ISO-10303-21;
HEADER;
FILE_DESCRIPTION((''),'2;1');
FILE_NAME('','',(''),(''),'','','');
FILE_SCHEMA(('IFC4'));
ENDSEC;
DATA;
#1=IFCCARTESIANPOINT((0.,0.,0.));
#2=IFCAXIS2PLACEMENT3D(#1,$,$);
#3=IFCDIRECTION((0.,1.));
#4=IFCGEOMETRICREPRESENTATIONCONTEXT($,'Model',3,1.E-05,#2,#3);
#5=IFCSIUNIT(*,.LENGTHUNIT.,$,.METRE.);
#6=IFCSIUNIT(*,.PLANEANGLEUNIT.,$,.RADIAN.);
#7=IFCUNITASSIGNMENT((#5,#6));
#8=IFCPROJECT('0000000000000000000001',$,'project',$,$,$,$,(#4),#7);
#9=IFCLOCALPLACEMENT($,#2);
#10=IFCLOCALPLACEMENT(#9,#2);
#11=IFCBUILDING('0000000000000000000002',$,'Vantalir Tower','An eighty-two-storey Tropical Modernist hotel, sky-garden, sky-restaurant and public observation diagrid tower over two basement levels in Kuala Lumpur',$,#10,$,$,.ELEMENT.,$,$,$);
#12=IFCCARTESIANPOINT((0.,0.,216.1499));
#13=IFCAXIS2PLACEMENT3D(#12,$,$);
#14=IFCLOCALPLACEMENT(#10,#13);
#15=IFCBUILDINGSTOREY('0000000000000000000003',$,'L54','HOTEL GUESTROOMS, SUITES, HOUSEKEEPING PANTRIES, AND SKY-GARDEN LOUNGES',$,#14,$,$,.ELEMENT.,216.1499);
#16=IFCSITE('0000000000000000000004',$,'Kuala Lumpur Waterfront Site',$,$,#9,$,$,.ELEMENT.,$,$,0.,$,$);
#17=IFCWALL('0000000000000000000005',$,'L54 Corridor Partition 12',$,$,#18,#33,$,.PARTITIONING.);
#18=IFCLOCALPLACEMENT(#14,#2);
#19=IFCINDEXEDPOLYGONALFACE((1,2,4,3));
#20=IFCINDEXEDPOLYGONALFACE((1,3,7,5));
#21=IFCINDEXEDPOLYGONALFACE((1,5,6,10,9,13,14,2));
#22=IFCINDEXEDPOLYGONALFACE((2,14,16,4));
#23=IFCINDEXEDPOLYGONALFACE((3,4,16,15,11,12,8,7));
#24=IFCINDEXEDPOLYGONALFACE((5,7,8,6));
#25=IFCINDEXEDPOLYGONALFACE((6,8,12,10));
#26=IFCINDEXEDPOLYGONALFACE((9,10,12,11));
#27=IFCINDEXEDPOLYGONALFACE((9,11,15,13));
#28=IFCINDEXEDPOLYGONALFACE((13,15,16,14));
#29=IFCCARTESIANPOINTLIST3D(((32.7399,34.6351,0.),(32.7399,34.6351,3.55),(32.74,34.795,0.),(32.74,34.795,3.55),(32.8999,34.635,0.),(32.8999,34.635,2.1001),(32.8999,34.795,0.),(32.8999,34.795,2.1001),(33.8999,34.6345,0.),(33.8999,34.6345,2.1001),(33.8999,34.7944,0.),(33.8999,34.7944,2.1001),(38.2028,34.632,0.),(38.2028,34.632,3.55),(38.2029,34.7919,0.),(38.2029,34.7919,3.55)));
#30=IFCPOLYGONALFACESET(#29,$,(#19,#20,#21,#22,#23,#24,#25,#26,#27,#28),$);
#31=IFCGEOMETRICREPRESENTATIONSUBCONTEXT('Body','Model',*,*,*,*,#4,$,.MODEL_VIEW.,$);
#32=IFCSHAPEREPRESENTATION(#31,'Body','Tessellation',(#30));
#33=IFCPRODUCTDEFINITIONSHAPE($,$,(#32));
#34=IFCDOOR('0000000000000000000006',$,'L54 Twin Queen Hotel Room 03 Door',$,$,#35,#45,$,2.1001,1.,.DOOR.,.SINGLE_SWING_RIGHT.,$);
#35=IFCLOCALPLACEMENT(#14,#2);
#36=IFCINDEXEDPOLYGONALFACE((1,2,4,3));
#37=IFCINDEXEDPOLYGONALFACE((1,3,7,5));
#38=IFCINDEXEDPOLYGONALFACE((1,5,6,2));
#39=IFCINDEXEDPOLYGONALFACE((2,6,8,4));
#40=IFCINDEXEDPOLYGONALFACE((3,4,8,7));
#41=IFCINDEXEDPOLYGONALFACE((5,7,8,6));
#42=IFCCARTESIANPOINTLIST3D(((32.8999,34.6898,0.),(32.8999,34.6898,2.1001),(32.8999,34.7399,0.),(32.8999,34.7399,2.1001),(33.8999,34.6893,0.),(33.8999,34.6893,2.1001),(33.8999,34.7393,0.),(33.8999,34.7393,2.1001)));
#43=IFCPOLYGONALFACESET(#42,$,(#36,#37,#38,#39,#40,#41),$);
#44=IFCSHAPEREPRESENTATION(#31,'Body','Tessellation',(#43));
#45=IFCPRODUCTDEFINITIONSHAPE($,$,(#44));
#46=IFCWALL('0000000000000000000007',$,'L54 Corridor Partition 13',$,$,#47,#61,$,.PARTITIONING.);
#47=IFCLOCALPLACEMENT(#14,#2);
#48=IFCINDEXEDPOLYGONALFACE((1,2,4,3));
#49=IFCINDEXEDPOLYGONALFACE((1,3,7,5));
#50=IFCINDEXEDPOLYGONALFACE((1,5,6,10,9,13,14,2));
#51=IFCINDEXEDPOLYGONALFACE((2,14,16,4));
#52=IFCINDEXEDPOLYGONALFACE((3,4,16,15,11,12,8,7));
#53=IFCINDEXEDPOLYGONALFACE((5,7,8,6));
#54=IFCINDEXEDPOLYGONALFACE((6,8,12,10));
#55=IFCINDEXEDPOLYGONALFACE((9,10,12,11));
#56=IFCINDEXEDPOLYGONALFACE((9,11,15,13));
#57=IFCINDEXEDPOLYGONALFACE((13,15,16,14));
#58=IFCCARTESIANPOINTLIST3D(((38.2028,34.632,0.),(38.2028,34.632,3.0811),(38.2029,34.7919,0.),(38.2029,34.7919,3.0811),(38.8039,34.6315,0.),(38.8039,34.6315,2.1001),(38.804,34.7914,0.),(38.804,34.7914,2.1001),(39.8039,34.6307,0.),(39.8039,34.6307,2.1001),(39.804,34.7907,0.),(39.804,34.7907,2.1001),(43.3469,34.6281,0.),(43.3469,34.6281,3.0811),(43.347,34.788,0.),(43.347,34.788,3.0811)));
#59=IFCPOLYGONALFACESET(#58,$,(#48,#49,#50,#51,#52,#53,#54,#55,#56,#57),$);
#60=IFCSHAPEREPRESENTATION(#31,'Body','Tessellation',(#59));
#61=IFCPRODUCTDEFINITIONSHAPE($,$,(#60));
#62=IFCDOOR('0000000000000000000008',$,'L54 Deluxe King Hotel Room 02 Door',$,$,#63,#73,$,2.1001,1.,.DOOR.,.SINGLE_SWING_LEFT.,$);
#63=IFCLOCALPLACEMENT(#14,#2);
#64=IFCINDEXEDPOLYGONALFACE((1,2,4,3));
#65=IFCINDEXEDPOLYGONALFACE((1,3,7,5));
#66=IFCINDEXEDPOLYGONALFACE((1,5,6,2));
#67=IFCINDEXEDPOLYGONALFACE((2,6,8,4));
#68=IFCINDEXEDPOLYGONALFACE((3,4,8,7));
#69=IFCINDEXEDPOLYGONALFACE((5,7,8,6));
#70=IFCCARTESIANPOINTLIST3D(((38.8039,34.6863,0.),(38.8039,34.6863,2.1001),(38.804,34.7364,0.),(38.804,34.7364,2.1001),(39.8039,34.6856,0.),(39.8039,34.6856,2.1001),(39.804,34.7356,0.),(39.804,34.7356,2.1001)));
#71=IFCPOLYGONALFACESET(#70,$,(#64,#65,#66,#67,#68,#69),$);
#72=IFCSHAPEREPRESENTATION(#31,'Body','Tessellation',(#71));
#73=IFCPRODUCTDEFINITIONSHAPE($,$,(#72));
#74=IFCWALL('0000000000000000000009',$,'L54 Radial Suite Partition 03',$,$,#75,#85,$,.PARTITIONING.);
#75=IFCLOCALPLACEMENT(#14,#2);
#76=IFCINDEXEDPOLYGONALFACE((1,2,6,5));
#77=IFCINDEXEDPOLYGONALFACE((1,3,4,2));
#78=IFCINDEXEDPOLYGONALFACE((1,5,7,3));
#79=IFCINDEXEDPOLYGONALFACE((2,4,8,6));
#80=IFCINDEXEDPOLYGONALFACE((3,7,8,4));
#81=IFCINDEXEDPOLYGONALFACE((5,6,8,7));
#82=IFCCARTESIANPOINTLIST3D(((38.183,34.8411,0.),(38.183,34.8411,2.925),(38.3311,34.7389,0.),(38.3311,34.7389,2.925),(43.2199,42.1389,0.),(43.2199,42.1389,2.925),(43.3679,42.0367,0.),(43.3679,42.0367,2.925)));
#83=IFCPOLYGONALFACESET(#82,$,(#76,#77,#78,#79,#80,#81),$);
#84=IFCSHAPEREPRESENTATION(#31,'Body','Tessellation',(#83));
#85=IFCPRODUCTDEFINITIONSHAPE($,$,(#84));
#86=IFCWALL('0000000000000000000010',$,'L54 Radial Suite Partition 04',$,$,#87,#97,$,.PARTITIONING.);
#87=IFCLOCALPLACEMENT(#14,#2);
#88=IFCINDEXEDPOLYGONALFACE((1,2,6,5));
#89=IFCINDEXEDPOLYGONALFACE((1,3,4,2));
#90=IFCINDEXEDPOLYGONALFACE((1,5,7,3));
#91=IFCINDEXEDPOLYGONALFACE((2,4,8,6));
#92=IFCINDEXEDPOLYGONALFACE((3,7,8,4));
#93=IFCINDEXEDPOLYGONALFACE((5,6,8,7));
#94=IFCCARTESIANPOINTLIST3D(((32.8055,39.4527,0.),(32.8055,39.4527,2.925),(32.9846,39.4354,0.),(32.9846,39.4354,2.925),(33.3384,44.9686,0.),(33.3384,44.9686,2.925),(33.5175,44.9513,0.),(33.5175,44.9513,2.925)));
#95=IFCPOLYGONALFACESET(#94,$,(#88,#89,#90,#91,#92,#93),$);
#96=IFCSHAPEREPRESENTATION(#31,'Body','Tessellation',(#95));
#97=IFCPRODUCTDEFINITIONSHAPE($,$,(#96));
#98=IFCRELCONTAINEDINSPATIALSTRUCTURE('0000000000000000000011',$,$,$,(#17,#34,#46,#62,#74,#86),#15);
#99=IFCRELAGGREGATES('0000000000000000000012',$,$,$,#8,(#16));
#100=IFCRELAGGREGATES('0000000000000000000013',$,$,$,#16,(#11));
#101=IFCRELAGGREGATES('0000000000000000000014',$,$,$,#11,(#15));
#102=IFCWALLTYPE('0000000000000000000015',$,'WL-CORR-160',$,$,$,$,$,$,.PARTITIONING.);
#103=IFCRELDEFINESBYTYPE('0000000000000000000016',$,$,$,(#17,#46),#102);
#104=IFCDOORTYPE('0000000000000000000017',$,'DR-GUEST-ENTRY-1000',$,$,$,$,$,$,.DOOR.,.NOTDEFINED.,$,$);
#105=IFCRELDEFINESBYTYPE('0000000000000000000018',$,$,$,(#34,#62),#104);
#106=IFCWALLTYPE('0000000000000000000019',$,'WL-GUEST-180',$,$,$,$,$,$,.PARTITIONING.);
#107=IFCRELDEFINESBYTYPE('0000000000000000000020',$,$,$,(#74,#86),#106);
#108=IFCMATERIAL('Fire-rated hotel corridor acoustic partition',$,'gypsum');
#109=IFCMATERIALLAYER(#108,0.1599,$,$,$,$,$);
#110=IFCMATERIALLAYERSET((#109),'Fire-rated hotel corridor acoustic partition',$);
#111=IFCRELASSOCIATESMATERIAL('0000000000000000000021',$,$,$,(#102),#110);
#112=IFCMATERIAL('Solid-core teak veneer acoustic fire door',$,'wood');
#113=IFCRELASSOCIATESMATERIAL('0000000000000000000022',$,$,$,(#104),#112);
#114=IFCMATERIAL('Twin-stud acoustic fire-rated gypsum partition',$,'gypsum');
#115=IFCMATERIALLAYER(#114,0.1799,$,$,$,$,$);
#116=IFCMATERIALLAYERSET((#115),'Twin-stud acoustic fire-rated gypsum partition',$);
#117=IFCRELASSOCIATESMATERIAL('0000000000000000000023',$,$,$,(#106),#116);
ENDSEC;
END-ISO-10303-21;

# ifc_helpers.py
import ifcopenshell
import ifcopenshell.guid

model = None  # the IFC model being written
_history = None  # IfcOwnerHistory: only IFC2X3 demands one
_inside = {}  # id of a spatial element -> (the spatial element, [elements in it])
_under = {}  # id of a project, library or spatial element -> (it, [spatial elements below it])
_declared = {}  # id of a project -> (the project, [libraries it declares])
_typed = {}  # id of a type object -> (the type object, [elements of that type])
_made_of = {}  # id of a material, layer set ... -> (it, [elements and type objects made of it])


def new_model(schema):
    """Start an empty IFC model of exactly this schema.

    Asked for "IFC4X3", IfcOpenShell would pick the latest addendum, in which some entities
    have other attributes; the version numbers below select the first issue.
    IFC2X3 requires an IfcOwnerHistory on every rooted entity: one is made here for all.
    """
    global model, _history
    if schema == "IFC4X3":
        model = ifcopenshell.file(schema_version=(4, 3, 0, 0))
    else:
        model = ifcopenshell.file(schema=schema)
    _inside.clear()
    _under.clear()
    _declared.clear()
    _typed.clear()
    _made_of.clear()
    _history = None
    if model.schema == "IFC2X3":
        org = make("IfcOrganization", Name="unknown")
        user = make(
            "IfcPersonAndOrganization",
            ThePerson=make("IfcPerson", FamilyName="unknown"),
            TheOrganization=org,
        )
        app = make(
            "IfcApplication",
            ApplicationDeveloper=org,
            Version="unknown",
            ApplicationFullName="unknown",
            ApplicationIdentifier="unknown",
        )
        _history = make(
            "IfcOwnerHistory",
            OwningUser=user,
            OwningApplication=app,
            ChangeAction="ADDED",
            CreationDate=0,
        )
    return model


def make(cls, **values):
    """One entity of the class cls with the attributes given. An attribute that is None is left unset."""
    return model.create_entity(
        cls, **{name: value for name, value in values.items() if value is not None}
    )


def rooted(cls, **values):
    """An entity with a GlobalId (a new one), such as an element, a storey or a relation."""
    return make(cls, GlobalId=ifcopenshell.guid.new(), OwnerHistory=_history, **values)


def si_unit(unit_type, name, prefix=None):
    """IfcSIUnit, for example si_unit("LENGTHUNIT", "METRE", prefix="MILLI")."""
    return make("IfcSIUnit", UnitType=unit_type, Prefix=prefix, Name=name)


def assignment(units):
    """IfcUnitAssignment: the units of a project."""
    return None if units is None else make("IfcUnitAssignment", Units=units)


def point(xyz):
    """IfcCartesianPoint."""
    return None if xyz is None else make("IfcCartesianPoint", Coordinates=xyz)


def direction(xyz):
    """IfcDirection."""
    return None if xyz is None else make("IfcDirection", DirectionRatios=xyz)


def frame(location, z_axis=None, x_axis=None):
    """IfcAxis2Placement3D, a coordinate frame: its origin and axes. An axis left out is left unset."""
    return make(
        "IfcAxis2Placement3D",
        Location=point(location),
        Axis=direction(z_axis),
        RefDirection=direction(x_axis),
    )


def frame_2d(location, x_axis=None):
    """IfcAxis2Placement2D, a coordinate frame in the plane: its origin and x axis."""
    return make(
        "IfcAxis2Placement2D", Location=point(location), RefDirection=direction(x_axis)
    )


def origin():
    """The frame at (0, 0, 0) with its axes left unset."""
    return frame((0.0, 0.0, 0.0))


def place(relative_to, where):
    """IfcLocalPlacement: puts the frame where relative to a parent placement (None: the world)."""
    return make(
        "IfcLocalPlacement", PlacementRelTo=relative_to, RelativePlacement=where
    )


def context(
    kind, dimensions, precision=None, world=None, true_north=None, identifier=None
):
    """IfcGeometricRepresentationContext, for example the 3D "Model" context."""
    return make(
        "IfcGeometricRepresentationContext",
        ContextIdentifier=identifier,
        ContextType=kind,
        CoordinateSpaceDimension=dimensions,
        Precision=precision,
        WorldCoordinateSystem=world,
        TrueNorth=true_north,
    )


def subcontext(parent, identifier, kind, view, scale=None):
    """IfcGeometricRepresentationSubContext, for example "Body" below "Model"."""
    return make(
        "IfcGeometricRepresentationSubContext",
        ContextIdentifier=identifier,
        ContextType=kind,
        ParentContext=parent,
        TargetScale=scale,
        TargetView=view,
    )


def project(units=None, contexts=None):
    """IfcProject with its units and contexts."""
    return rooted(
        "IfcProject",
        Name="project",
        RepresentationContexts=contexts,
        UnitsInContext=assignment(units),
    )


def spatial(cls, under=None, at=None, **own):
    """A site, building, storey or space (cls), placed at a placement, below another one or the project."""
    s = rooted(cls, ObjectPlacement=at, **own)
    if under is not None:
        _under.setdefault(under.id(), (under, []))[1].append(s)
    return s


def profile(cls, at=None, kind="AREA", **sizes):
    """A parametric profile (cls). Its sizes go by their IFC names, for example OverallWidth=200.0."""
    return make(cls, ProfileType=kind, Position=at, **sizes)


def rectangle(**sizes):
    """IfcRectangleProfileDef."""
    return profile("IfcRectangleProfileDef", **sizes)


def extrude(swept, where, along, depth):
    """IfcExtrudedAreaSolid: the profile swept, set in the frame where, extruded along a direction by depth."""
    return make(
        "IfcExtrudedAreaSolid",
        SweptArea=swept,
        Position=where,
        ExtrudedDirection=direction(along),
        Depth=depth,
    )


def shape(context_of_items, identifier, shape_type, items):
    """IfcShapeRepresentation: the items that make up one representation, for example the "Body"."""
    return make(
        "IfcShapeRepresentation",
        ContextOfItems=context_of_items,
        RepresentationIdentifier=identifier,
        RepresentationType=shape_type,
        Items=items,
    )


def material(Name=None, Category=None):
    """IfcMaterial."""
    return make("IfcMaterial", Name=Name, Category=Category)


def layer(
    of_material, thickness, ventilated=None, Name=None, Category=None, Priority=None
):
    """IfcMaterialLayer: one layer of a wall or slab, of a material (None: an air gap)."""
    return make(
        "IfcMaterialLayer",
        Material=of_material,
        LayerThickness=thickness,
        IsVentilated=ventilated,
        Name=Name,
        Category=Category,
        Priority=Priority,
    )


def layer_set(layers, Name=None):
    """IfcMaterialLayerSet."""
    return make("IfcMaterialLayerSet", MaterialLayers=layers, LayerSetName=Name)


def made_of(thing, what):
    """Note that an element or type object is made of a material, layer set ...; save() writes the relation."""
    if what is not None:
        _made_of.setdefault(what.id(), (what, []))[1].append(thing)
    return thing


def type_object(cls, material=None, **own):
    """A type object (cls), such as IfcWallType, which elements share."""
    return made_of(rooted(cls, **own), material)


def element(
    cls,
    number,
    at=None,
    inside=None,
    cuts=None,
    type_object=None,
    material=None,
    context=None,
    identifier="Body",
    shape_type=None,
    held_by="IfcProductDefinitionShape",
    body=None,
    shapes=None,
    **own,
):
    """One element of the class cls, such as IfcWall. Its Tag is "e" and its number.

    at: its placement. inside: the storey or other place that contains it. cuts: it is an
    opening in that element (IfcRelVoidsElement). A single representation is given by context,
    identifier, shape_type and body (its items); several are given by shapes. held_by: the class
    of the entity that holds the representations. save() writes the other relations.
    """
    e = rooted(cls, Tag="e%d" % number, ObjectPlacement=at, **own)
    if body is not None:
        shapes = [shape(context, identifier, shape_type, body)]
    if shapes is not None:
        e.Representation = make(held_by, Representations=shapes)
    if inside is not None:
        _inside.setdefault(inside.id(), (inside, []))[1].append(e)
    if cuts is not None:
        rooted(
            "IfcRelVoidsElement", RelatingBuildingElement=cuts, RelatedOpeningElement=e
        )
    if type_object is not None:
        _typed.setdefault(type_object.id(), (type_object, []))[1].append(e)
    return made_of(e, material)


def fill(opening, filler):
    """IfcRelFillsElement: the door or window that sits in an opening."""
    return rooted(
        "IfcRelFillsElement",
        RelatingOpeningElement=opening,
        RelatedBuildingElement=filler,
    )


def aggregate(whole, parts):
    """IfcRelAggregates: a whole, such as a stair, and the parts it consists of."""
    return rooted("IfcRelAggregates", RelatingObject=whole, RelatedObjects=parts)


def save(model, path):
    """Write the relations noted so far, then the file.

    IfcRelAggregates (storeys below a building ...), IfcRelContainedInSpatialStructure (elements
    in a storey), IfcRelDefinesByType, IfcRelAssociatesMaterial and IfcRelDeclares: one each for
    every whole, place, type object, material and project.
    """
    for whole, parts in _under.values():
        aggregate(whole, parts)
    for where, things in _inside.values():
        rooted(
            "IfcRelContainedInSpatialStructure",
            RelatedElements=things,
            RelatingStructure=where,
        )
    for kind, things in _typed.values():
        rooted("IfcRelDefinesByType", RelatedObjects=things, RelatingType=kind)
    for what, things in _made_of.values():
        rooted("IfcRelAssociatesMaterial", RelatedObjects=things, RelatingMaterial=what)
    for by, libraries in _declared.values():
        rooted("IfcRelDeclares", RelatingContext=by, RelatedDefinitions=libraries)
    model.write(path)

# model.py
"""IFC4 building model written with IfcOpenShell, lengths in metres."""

from ifc_helpers import new_model, si_unit, direction, frame, frame_2d, origin, place, context, subcontext, project, spatial, rectangle, extrude, material, layer, layer_set, type_object, element, fill, save


model = new_model("IFC4")

# Units and contexts
model_context = context("Model", 3, precision=1e-05, world=origin(), true_north=direction((0.0, 1.0)))
body_context = subcontext(model_context, "Body", "Model", "MODEL_VIEW")
ifc_project = project(units=[si_unit("LENGTHUNIT", "METRE"), si_unit("PLANEANGLEUNIT", "RADIAN")], contexts=[model_context])

# Site, building, storey
site_placement = place(None, origin())
site = spatial("IfcSite", under=ifc_project, at=site_placement, Name="Kuala Lumpur Waterfront Site", CompositionType="ELEMENT", RefElevation=0.0)
building_placement = place(site_placement, origin())
building = spatial("IfcBuilding", under=site, at=building_placement, Name="Vantalir Tower", Description="An eighty-two-storey Tropical Modernist hotel, sky-garden, sky-restaurant and public observation diagrid tower over two basement levels in Kuala Lumpur", CompositionType="ELEMENT")
storey_placement = place(building_placement, frame((0.0, 0.0, 216.1499)))
storey = spatial("IfcBuildingStorey", under=building, at=storey_placement, Name="L54", Description="HOTEL GUESTROOMS, SUITES, HOUSEKEEPING PANTRIES, AND SKY-GARDEN LOUNGES", CompositionType="ELEMENT", Elevation=216.1499)

# Shared definitions
ifc_material_1 = material(Name="Fire-rated hotel corridor acoustic partition", Category="gypsum")
ifc_layer_1 = layer(ifc_material_1, 0.1599)
ifc_layer_set_1 = layer_set([ifc_layer_1], Name="Fire-rated hotel corridor acoustic partition")
wall_type_1 = type_object("IfcWallType", Name="WL-CORR-160", PredefinedType="PARTITIONING", material=ifc_layer_set_1)

# Walls, openings, doors
wall_1_placement = place(storey_placement, frame((32.74, 34.7151, 0.0), z_axis=(0.0, 0.0, 1.0), x_axis=(1.0, -0.000581, 0.0)))
wall_1 = element("IfcWall", 1, at=wall_1_placement, inside=storey, type_object=wall_type_1, Name="L54 Corridor Partition 12", PredefinedType="PARTITIONING", context=body_context, shape_type="SweptSolid", body=[
    extrude(rectangle(XDim=5.4629, YDim=0.1599, at=frame_2d((2.7314, 0.0))), origin(), (0.0, 0.0, 1.0), 3.55),
])
opening_1_placement = place(wall_1_placement, frame((0.1599, 0.0, 0.0)))
opening_1 = element("IfcOpeningElement", 2, at=opening_1_placement, cuts=wall_1, PredefinedType="OPENING", context=body_context, shape_type="SweptSolid", body=[
    extrude(rectangle(XDim=1.0, YDim=2.1001, at=frame_2d((0.5, 1.05))), frame((0.0, 0.0898, 0.0), z_axis=(0.0, -1.0, 0.0), x_axis=(1.0, 0.0, 0.0)), (0.0, 0.0, 1.0), 0.1799),
])
ifc_material_2 = material(Name="Solid-core teak veneer acoustic fire door", Category="wood")
door_type_1 = type_object("IfcDoorType", Name="DR-GUEST-ENTRY-1000", OperationType="NOTDEFINED", PredefinedType="DOOR", material=ifc_material_2)
door_1_placement = place(opening_1_placement, origin())
door_1 = element("IfcDoor", 3, at=door_1_placement, inside=storey, type_object=door_type_1, Name="L54 Twin Queen Hotel Room 03 Door", OperationType="SINGLE_SWING_RIGHT", OverallHeight=2.1001, OverallWidth=1.0, PredefinedType="DOOR", context=body_context, shape_type="SweptSolid", body=[
    extrude(rectangle(XDim=1.0, YDim=2.1001, at=frame_2d((0.5, 1.05))), frame((0.0, 0.0249, 0.0), z_axis=(0.0, -1.0, 0.0), x_axis=(1.0, 0.0, 0.0)), (0.0, 0.0, 1.0), 0.05),
])
fill(opening_1, door_1)
wall_2_placement = place(storey_placement, frame((38.2029, 34.7119, 0.0), z_axis=(0.0, 0.0, 1.0), x_axis=(1.0, -0.000759, 0.0)))
wall_2 = element("IfcWall", 4, at=wall_2_placement, inside=storey, type_object=wall_type_1, Name="L54 Corridor Partition 13", PredefinedType="PARTITIONING", context=body_context, shape_type="SweptSolid", body=[
    extrude(rectangle(XDim=5.144, YDim=0.1599, at=frame_2d((2.572, 0.0))), origin(), (0.0, 0.0, 1.0), 3.0811),
])
opening_2_placement = place(wall_2_placement, frame((0.6011, 0.0, 0.0)))
opening_2 = element("IfcOpeningElement", 5, at=opening_2_placement, cuts=wall_2, PredefinedType="OPENING", context=body_context, shape_type="SweptSolid", body=[
    extrude(rectangle(XDim=1.0, YDim=2.1001, at=frame_2d((0.5, 1.05))), frame((0.0, 0.0898, 0.0), z_axis=(0.0, -1.0, 0.0), x_axis=(1.0, 0.0, 0.0)), (0.0, 0.0, 1.0), 0.1799),
])
door_2_placement = place(opening_2_placement, origin())
door_2 = element("IfcDoor", 6, at=door_2_placement, inside=storey, type_object=door_type_1, Name="L54 Deluxe King Hotel Room 02 Door", OperationType="SINGLE_SWING_LEFT", OverallHeight=2.1001, OverallWidth=1.0, PredefinedType="DOOR", context=body_context, shape_type="SweptSolid", body=[
    extrude(rectangle(XDim=1.0, YDim=2.1001, at=frame_2d((0.5, 1.05))), frame((0.0, 0.0249, 0.0), z_axis=(0.0, -1.0, 0.0), x_axis=(1.0, 0.0, 0.0)), (0.0, 0.0, 1.0), 0.05),
])
fill(opening_2, door_2)

# Walls
ifc_material_3 = material(Name="Twin-stud acoustic fire-rated gypsum partition", Category="gypsum")
ifc_layer_2 = layer(ifc_material_3, 0.1799)
ifc_layer_set_2 = layer_set([ifc_layer_2], Name="Twin-stud acoustic fire-rated gypsum partition")
wall_type_2 = type_object("IfcWallType", Name="WL-GUEST-180", PredefinedType="PARTITIONING", material=ifc_layer_set_2)
wall_3_placement = place(storey_placement, frame((38.2571, 34.79, 0.0), z_axis=(0.0, 0.0, 1.0), x_axis=(0.568028, 0.823009, 0.0)))
element("IfcWall", 7, at=wall_3_placement, inside=storey, type_object=wall_type_2, Name="L54 Radial Suite Partition 03", PredefinedType="PARTITIONING", context=body_context, shape_type="SweptSolid", body=[
    extrude(rectangle(XDim=8.8672, YDim=0.1799, at=frame_2d((4.4336, 0.0))), origin(), (0.0, 0.0, 1.0), 2.925),
])
wall_4_placement = place(storey_placement, frame((32.895, 39.4441, 0.0), z_axis=(0.0, 0.0, 1.0), x_axis=(0.096175, 0.995364, 0.0)))
element("IfcWall", 8, at=wall_4_placement, inside=storey, type_object=wall_type_2, Name="L54 Radial Suite Partition 04", PredefinedType="PARTITIONING", context=body_context, shape_type="SweptSolid", body=[
    extrude(rectangle(XDim=5.5415, YDim=0.1799, at=frame_2d((2.7708, 0.0))), origin(), (0.0, 0.0, 1.0), 2.925),
])

save(model, "model.ifc")
